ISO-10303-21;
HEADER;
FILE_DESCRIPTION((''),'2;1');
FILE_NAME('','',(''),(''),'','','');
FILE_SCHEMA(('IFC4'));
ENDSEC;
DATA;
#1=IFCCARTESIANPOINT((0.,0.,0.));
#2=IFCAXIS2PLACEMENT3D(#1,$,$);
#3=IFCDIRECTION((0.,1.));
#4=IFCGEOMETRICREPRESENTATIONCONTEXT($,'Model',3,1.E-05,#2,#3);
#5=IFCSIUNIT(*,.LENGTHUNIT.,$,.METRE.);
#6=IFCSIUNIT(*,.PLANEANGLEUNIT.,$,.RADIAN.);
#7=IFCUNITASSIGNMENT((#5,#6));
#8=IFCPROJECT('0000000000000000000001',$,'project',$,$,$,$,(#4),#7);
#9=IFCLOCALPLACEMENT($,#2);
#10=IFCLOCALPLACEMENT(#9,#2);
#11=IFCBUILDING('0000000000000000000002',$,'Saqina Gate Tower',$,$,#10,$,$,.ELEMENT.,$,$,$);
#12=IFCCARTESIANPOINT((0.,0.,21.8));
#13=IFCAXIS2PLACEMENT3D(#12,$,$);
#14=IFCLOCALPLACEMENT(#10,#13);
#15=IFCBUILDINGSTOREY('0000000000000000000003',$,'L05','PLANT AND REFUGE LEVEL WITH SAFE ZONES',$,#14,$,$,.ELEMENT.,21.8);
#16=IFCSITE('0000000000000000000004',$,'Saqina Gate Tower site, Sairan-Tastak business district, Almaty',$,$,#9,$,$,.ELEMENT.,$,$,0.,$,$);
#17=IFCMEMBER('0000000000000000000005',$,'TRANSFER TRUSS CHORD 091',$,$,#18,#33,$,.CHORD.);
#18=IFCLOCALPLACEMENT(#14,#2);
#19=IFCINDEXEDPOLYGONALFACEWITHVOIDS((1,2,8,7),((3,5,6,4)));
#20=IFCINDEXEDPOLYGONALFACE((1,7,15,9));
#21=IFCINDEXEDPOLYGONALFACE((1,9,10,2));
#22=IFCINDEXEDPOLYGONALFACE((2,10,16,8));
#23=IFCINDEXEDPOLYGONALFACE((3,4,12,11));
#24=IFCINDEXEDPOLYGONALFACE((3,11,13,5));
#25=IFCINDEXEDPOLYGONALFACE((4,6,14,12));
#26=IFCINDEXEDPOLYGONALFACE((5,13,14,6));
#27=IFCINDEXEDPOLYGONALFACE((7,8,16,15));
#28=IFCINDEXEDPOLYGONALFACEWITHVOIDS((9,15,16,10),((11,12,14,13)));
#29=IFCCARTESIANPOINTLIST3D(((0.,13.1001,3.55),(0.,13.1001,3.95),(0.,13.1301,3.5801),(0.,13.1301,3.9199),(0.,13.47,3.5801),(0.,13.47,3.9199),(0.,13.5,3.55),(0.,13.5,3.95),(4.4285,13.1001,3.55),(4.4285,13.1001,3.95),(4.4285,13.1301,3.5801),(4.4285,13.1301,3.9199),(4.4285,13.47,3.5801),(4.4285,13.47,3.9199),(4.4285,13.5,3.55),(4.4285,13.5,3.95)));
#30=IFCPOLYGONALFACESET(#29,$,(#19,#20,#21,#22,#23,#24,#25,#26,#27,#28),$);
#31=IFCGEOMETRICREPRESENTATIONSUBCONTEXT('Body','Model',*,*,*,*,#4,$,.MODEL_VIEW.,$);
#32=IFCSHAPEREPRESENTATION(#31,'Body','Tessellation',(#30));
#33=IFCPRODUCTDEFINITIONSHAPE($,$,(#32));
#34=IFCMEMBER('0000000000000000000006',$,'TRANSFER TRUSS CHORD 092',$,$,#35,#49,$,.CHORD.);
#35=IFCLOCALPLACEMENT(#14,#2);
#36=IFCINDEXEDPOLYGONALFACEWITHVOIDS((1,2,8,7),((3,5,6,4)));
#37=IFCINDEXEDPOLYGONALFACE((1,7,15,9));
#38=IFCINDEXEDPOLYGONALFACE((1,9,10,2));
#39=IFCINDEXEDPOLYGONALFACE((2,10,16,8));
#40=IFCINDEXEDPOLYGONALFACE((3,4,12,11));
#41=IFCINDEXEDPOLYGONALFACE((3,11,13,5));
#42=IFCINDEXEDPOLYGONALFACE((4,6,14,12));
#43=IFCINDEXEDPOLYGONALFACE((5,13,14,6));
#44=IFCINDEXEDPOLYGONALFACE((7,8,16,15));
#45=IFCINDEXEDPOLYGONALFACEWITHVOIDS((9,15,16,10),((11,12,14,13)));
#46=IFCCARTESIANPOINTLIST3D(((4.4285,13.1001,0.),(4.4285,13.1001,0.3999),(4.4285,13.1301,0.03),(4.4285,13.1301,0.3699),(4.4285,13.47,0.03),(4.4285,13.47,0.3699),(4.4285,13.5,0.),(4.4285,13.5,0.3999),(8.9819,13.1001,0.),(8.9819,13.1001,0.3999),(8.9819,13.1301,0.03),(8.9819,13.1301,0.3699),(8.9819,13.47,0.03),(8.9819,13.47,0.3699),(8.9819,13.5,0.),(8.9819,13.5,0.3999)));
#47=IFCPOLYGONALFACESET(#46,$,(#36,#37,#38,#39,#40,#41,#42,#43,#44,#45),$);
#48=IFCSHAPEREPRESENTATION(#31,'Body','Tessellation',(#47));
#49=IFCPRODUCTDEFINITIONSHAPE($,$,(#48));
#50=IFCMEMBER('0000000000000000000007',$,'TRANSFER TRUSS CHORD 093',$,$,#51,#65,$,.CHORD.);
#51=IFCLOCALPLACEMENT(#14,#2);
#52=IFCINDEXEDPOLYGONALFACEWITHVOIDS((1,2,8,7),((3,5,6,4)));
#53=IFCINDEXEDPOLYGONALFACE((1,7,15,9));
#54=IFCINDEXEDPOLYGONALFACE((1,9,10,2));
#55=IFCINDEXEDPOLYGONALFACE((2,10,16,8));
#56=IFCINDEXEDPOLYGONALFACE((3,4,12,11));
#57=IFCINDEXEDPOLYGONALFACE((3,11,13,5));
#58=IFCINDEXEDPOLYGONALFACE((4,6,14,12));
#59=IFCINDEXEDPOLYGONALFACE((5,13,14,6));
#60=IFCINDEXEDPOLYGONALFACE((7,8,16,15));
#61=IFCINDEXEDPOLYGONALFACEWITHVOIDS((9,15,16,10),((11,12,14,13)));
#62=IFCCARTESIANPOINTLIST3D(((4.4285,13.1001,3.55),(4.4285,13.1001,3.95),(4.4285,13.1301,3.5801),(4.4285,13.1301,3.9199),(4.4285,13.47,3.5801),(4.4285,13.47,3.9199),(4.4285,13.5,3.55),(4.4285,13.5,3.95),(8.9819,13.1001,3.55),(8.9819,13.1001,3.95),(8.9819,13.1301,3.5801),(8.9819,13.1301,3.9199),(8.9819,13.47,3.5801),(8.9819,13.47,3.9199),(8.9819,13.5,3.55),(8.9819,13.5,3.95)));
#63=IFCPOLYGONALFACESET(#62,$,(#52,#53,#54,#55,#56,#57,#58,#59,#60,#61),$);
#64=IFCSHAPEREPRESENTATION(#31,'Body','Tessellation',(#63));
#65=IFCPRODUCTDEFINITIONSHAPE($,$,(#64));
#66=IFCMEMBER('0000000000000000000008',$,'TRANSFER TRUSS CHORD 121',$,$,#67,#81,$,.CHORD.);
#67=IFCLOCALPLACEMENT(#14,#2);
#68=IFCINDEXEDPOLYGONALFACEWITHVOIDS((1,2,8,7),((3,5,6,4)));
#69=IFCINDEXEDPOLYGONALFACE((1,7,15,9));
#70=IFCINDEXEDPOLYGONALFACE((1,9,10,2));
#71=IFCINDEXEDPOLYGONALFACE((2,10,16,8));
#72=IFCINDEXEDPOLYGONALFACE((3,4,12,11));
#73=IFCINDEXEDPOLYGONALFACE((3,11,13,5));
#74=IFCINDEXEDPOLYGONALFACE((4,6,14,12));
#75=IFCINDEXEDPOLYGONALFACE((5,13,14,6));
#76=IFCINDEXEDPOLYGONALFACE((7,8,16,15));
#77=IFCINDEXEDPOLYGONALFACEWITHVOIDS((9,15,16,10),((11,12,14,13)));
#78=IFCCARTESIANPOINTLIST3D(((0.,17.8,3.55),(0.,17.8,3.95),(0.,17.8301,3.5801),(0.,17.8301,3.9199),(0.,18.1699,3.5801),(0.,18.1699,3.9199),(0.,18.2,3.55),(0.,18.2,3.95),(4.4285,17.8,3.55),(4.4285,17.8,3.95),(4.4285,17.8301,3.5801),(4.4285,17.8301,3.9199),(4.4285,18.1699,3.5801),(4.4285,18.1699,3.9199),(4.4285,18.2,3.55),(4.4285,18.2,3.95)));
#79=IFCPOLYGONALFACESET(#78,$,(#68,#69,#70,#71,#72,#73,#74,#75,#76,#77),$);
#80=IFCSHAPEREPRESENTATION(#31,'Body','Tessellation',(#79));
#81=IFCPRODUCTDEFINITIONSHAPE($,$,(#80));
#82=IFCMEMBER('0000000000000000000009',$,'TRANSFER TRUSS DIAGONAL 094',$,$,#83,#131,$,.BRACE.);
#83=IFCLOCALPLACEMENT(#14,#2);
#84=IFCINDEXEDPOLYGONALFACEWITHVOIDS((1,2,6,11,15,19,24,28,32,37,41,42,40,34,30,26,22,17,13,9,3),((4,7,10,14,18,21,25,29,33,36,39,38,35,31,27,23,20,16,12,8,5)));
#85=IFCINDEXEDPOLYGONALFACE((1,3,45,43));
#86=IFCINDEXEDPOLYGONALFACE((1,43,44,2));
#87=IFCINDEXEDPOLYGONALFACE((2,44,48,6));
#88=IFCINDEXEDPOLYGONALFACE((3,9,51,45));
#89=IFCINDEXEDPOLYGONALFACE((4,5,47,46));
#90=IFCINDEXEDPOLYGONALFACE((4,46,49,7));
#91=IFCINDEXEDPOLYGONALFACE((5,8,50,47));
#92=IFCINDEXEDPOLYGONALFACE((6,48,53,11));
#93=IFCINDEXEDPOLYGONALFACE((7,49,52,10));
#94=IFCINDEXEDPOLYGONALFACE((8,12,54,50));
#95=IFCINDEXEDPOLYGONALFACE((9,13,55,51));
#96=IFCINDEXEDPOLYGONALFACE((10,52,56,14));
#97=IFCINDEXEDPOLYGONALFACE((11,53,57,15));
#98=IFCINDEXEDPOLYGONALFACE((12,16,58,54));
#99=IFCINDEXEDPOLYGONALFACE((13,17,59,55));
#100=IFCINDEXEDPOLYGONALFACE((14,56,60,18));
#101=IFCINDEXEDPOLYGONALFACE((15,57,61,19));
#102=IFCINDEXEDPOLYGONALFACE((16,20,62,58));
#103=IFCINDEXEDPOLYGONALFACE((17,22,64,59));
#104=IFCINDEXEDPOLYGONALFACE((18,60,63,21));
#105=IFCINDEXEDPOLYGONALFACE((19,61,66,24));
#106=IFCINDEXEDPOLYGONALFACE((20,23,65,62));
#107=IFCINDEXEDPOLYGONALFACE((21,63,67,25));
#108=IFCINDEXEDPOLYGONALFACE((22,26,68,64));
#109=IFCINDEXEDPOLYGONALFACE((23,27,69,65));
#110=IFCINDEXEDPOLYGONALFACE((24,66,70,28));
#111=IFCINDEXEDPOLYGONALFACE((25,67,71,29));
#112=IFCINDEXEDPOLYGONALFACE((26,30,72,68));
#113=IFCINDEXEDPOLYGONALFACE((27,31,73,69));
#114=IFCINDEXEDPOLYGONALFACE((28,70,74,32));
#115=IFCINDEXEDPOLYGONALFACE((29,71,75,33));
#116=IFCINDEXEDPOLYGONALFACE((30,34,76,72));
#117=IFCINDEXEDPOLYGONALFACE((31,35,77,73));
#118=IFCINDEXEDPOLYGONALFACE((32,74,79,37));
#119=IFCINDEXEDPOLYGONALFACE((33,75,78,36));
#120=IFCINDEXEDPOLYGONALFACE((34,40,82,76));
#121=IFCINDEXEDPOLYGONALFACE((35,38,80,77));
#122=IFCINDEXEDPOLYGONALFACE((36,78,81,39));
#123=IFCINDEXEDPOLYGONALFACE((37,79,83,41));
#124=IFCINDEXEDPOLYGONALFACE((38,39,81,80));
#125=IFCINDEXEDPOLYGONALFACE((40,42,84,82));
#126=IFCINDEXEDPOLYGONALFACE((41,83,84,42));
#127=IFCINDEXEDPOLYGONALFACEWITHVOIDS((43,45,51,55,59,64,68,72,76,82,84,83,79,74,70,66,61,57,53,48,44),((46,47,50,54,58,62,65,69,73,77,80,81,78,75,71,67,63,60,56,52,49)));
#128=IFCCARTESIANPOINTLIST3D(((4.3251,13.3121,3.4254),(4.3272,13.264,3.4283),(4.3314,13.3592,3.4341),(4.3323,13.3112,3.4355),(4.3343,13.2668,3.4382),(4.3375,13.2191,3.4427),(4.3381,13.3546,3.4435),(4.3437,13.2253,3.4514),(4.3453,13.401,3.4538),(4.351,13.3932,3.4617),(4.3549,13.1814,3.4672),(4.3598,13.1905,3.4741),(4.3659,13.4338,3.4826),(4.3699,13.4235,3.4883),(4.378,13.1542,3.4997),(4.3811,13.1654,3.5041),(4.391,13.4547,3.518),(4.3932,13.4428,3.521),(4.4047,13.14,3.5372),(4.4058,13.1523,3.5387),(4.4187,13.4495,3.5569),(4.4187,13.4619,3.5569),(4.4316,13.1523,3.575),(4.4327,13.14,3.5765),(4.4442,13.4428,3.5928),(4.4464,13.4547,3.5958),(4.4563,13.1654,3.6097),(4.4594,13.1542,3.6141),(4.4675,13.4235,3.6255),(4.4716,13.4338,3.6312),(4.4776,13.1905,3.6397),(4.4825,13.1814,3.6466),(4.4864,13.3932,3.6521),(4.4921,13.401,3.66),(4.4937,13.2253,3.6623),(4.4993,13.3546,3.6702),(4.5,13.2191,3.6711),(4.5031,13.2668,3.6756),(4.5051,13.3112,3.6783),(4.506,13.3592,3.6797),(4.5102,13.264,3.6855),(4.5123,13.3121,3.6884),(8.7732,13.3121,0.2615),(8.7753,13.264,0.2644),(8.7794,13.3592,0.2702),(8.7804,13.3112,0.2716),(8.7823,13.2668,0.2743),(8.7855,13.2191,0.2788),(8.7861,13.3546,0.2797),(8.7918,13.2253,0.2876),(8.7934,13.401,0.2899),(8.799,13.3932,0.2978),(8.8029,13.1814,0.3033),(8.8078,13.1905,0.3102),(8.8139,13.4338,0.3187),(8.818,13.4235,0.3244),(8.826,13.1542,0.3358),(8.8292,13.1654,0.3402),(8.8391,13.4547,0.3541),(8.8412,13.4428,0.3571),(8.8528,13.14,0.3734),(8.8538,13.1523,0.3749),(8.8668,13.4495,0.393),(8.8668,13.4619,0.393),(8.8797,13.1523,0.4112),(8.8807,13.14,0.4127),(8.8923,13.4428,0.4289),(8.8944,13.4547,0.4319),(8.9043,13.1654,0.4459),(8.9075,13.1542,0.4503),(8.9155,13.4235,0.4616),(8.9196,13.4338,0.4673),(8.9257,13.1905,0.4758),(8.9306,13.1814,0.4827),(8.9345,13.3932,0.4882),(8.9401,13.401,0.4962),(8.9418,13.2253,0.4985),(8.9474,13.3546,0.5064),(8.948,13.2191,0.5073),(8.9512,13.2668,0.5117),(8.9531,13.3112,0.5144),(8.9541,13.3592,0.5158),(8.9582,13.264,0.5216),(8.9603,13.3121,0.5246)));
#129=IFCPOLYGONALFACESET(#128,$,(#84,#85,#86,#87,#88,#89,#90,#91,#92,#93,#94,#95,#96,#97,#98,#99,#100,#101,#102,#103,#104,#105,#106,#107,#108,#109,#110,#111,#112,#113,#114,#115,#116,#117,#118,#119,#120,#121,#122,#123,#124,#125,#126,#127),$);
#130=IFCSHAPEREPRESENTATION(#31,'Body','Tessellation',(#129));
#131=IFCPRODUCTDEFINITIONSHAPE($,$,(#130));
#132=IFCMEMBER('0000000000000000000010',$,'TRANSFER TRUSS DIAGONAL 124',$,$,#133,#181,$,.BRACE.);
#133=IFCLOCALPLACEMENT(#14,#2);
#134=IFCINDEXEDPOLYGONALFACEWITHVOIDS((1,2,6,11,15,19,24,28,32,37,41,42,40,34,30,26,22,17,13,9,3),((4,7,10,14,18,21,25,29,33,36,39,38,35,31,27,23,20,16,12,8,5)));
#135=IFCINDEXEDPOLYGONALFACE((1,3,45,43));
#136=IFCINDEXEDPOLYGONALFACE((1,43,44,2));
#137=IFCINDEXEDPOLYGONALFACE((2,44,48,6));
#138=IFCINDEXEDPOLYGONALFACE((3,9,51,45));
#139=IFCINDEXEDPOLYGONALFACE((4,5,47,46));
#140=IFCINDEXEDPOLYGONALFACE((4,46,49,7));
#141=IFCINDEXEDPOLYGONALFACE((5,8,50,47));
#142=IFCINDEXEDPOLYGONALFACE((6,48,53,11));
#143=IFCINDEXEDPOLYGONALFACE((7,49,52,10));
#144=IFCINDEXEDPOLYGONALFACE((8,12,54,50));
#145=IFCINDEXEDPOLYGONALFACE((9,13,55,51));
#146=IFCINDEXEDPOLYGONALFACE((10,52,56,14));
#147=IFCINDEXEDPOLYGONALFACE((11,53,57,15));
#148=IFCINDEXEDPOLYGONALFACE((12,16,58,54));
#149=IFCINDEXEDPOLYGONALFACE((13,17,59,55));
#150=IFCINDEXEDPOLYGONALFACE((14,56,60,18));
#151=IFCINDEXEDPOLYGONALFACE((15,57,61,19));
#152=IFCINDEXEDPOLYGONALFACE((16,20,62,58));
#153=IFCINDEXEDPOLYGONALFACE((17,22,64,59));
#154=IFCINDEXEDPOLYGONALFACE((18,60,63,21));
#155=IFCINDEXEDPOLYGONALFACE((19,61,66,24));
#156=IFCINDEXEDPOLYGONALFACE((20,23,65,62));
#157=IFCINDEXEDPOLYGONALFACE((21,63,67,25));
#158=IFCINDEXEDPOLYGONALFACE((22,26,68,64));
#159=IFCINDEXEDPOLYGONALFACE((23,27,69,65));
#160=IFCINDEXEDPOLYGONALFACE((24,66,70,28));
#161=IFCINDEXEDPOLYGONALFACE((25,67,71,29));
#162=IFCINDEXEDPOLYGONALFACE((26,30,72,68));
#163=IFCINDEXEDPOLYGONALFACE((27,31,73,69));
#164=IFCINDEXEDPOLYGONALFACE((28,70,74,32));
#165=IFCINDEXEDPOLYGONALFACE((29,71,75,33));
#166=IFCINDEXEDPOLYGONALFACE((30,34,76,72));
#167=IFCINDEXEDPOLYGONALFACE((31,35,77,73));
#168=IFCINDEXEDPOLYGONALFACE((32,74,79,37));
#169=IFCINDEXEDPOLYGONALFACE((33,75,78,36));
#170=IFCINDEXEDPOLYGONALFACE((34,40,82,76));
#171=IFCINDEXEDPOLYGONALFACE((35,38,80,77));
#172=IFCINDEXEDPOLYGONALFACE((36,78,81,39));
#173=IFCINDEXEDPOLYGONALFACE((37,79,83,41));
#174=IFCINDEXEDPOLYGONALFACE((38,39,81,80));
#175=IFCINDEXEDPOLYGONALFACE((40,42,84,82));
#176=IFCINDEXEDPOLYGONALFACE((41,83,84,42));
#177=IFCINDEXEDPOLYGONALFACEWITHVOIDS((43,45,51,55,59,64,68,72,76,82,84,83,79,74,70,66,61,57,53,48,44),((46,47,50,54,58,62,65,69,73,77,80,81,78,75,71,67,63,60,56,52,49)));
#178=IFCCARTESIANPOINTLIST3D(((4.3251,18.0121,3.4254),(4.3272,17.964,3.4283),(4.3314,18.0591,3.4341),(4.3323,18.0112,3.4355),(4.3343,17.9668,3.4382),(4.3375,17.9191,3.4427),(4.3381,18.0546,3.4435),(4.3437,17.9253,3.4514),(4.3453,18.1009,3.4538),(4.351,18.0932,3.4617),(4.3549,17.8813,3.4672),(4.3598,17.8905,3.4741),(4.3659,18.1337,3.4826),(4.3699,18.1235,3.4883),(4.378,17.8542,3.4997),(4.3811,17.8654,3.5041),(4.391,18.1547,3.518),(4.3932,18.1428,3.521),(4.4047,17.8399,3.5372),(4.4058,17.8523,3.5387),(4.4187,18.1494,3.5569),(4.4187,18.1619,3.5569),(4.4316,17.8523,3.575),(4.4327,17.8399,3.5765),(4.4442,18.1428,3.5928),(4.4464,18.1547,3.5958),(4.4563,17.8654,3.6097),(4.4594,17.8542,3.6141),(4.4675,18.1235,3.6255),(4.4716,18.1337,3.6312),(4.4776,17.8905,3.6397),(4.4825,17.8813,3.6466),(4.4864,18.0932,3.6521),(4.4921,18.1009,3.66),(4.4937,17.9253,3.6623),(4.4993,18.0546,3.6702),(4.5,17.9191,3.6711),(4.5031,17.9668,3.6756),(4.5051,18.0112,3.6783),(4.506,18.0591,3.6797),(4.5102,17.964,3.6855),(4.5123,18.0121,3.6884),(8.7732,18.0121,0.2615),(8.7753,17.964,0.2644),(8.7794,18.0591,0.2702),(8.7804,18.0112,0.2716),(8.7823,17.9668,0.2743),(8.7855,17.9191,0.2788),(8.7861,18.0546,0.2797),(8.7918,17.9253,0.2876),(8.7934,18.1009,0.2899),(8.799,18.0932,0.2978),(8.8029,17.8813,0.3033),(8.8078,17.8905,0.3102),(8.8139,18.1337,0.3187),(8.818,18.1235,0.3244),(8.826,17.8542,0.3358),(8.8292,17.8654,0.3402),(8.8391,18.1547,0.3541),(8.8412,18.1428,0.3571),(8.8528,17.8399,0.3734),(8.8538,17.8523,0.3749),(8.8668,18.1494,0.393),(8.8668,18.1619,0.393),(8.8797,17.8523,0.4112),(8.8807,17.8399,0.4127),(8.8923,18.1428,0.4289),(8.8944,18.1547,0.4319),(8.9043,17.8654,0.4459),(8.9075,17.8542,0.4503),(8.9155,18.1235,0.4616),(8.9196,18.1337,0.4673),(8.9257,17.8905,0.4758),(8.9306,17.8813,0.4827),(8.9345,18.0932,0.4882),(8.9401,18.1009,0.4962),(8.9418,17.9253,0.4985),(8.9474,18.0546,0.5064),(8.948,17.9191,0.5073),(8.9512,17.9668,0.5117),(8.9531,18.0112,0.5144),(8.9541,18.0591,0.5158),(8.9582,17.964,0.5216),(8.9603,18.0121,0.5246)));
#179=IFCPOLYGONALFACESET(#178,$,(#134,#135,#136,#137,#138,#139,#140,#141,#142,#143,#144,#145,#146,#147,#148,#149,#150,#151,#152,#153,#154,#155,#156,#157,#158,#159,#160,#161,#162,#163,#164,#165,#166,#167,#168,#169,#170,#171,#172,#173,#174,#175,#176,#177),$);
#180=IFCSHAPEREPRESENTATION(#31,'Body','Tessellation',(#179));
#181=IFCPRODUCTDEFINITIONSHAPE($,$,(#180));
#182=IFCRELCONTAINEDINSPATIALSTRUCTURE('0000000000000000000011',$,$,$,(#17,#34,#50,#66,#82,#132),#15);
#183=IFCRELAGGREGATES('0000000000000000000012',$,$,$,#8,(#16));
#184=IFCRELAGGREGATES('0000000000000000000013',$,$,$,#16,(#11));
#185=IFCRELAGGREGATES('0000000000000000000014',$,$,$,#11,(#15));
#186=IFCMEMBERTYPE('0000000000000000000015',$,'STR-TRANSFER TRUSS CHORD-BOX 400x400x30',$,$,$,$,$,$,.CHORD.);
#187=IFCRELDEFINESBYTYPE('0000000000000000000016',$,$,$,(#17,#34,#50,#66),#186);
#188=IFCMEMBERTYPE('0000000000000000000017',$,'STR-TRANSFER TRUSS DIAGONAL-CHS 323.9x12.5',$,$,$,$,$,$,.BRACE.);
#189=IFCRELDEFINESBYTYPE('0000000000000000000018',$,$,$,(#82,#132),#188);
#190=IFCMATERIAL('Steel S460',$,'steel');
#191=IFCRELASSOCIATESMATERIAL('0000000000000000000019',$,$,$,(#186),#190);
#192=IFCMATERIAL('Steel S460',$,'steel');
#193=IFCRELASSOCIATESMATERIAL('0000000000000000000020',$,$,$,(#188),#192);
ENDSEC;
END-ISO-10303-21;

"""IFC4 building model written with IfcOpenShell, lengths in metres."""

from ifc_helpers import new_model, si_unit, direction, frame, origin, origin_2d, place, context, subcontext, project, spatial, hollow_rectangle, hollow_circle, extrude, material, material_profile, profile_set, type_object, element, save


model = new_model("IFC4")

# Units and contexts
model_context = context("Model", 3, precision=1e-05, world=origin(), true_north=direction((0.0, 1.0)))
body_context = subcontext(model_context, "Body", "Model", "MODEL_VIEW")
ifc_project = project(units=[si_unit("LENGTHUNIT", "METRE"), si_unit("PLANEANGLEUNIT", "RADIAN")], contexts=[model_context])

# Site, building, storey
site_placement = place(None, origin())
site = spatial("IfcSite", under=ifc_project, at=site_placement, Name="Saqina Gate Tower site, Sairan-Tastak business district, Almaty", CompositionType="ELEMENT", RefElevation=0.0)
building_placement = place(site_placement, origin())
building = spatial("IfcBuilding", under=site, at=building_placement, Name="Saqina Gate Tower", CompositionType="ELEMENT")
storey_placement = place(building_placement, frame((0.0, 0.0, 21.8)))
storey = spatial("IfcBuildingStorey", under=building, at=storey_placement, Name="L05", Description="PLANT AND REFUGE LEVEL WITH SAFE ZONES", CompositionType="ELEMENT", Elevation=21.8)

# Members
ifc_material_1 = material(Name="Steel S460", Category="steel")
ifc_material_profile_1 = material_profile(ifc_material_1, hollow_rectangle(XDim=0.3999, YDim=0.3999, WallThickness=0.03, at=origin_2d()), Name="BOX 400x400x30")
ifc_profile_set_1 = profile_set([ifc_material_profile_1], Name="Steel S460")
member_type_1 = type_object("IfcMemberType", Name="STR-TRANSFER TRUSS CHORD-BOX 400x400x30", PredefinedType="CHORD", material=ifc_profile_set_1)
member_1_placement = place(storey_placement, frame((0.0, 13.3, 3.75), z_axis=(1.0, 0.0, 0.0), x_axis=(0.0, 1.0, 0.0)))
element("IfcMember", 1, at=member_1_placement, inside=storey, type_object=member_type_1, Name="TRANSFER TRUSS CHORD 091", PredefinedType="CHORD", context=body_context, shape_type="SweptSolid", body=[
    extrude(hollow_rectangle(XDim=0.3999, YDim=0.3999, WallThickness=0.03, at=origin_2d()), origin(), (0.0, 0.0, 1.0), 4.4285),
])
for number, where, z_axis, x_axis, name in (
    (2, (4.4285, 13.3, 0.2), (1.0, 0.0, 0.0), (0.0, 1.0, 0.0), "TRANSFER TRUSS CHORD 092"),
    (3, (4.4285, 13.3, 3.75), (1.0, 0.0, 0.0), (0.0, 1.0, 0.0), "TRANSFER TRUSS CHORD 093"),
):
    element("IfcMember", number, at=place(storey_placement, frame(where, z_axis=z_axis, x_axis=x_axis)), inside=storey, type_object=member_type_1, Name=name, PredefinedType="CHORD", context=body_context, shape_type="SweptSolid", body=[
        extrude(hollow_rectangle(XDim=0.3999, YDim=0.3999, WallThickness=0.03, at=origin_2d()), origin(), (0.0, 0.0, 1.0), 4.5535),
    ])
member_2_placement = place(storey_placement, frame((0.0, 18.0, 3.75), z_axis=(1.0, 0.0, 0.0), x_axis=(0.0, 1.0, 0.0)))
element("IfcMember", 4, at=member_2_placement, inside=storey, type_object=member_type_1, Name="TRANSFER TRUSS CHORD 121", PredefinedType="CHORD", context=body_context, shape_type="SweptSolid", body=[
    extrude(hollow_rectangle(XDim=0.3999, YDim=0.3999, WallThickness=0.03, at=origin_2d()), origin(), (0.0, 0.0, 1.0), 4.4285),
])
ifc_material_2 = material(Name="Steel S460", Category="steel")
ifc_material_profile_2 = material_profile(ifc_material_2, hollow_circle(Radius=0.1619, WallThickness=0.0125, at=origin_2d()), Name="CHS 323.9x12.5")
ifc_profile_set_2 = profile_set([ifc_material_profile_2], Name="Steel S460")
member_type_2 = type_object("IfcMemberType", Name="STR-TRANSFER TRUSS DIAGONAL-CHS 323.9x12.5", PredefinedType="BRACE", material=ifc_profile_set_2)
for number, where, z_axis, x_axis, name in (
    (5, (4.4187, 13.3, 3.5569), (0.814886, 0.0, -0.579621), (0.0, 1.0, 0.0), "TRANSFER TRUSS DIAGONAL 094"),
    (6, (4.4187, 18.0, 3.5569), (0.814886, 0.0, -0.579621), (0.0, 1.0, 0.0), "TRANSFER TRUSS DIAGONAL 124"),
):
    element("IfcMember", number, at=place(storey_placement, frame(where, z_axis=z_axis, x_axis=x_axis)), inside=storey, type_object=member_type_2, Name=name, PredefinedType="BRACE", context=body_context, shape_type="SweptSolid", body=[
        extrude(hollow_circle(Radius=0.1619, WallThickness=0.0125, at=origin_2d()), origin(), (0.0, 0.0, 1.0), 5.4585),
    ])

save(model, "model.ifc")
